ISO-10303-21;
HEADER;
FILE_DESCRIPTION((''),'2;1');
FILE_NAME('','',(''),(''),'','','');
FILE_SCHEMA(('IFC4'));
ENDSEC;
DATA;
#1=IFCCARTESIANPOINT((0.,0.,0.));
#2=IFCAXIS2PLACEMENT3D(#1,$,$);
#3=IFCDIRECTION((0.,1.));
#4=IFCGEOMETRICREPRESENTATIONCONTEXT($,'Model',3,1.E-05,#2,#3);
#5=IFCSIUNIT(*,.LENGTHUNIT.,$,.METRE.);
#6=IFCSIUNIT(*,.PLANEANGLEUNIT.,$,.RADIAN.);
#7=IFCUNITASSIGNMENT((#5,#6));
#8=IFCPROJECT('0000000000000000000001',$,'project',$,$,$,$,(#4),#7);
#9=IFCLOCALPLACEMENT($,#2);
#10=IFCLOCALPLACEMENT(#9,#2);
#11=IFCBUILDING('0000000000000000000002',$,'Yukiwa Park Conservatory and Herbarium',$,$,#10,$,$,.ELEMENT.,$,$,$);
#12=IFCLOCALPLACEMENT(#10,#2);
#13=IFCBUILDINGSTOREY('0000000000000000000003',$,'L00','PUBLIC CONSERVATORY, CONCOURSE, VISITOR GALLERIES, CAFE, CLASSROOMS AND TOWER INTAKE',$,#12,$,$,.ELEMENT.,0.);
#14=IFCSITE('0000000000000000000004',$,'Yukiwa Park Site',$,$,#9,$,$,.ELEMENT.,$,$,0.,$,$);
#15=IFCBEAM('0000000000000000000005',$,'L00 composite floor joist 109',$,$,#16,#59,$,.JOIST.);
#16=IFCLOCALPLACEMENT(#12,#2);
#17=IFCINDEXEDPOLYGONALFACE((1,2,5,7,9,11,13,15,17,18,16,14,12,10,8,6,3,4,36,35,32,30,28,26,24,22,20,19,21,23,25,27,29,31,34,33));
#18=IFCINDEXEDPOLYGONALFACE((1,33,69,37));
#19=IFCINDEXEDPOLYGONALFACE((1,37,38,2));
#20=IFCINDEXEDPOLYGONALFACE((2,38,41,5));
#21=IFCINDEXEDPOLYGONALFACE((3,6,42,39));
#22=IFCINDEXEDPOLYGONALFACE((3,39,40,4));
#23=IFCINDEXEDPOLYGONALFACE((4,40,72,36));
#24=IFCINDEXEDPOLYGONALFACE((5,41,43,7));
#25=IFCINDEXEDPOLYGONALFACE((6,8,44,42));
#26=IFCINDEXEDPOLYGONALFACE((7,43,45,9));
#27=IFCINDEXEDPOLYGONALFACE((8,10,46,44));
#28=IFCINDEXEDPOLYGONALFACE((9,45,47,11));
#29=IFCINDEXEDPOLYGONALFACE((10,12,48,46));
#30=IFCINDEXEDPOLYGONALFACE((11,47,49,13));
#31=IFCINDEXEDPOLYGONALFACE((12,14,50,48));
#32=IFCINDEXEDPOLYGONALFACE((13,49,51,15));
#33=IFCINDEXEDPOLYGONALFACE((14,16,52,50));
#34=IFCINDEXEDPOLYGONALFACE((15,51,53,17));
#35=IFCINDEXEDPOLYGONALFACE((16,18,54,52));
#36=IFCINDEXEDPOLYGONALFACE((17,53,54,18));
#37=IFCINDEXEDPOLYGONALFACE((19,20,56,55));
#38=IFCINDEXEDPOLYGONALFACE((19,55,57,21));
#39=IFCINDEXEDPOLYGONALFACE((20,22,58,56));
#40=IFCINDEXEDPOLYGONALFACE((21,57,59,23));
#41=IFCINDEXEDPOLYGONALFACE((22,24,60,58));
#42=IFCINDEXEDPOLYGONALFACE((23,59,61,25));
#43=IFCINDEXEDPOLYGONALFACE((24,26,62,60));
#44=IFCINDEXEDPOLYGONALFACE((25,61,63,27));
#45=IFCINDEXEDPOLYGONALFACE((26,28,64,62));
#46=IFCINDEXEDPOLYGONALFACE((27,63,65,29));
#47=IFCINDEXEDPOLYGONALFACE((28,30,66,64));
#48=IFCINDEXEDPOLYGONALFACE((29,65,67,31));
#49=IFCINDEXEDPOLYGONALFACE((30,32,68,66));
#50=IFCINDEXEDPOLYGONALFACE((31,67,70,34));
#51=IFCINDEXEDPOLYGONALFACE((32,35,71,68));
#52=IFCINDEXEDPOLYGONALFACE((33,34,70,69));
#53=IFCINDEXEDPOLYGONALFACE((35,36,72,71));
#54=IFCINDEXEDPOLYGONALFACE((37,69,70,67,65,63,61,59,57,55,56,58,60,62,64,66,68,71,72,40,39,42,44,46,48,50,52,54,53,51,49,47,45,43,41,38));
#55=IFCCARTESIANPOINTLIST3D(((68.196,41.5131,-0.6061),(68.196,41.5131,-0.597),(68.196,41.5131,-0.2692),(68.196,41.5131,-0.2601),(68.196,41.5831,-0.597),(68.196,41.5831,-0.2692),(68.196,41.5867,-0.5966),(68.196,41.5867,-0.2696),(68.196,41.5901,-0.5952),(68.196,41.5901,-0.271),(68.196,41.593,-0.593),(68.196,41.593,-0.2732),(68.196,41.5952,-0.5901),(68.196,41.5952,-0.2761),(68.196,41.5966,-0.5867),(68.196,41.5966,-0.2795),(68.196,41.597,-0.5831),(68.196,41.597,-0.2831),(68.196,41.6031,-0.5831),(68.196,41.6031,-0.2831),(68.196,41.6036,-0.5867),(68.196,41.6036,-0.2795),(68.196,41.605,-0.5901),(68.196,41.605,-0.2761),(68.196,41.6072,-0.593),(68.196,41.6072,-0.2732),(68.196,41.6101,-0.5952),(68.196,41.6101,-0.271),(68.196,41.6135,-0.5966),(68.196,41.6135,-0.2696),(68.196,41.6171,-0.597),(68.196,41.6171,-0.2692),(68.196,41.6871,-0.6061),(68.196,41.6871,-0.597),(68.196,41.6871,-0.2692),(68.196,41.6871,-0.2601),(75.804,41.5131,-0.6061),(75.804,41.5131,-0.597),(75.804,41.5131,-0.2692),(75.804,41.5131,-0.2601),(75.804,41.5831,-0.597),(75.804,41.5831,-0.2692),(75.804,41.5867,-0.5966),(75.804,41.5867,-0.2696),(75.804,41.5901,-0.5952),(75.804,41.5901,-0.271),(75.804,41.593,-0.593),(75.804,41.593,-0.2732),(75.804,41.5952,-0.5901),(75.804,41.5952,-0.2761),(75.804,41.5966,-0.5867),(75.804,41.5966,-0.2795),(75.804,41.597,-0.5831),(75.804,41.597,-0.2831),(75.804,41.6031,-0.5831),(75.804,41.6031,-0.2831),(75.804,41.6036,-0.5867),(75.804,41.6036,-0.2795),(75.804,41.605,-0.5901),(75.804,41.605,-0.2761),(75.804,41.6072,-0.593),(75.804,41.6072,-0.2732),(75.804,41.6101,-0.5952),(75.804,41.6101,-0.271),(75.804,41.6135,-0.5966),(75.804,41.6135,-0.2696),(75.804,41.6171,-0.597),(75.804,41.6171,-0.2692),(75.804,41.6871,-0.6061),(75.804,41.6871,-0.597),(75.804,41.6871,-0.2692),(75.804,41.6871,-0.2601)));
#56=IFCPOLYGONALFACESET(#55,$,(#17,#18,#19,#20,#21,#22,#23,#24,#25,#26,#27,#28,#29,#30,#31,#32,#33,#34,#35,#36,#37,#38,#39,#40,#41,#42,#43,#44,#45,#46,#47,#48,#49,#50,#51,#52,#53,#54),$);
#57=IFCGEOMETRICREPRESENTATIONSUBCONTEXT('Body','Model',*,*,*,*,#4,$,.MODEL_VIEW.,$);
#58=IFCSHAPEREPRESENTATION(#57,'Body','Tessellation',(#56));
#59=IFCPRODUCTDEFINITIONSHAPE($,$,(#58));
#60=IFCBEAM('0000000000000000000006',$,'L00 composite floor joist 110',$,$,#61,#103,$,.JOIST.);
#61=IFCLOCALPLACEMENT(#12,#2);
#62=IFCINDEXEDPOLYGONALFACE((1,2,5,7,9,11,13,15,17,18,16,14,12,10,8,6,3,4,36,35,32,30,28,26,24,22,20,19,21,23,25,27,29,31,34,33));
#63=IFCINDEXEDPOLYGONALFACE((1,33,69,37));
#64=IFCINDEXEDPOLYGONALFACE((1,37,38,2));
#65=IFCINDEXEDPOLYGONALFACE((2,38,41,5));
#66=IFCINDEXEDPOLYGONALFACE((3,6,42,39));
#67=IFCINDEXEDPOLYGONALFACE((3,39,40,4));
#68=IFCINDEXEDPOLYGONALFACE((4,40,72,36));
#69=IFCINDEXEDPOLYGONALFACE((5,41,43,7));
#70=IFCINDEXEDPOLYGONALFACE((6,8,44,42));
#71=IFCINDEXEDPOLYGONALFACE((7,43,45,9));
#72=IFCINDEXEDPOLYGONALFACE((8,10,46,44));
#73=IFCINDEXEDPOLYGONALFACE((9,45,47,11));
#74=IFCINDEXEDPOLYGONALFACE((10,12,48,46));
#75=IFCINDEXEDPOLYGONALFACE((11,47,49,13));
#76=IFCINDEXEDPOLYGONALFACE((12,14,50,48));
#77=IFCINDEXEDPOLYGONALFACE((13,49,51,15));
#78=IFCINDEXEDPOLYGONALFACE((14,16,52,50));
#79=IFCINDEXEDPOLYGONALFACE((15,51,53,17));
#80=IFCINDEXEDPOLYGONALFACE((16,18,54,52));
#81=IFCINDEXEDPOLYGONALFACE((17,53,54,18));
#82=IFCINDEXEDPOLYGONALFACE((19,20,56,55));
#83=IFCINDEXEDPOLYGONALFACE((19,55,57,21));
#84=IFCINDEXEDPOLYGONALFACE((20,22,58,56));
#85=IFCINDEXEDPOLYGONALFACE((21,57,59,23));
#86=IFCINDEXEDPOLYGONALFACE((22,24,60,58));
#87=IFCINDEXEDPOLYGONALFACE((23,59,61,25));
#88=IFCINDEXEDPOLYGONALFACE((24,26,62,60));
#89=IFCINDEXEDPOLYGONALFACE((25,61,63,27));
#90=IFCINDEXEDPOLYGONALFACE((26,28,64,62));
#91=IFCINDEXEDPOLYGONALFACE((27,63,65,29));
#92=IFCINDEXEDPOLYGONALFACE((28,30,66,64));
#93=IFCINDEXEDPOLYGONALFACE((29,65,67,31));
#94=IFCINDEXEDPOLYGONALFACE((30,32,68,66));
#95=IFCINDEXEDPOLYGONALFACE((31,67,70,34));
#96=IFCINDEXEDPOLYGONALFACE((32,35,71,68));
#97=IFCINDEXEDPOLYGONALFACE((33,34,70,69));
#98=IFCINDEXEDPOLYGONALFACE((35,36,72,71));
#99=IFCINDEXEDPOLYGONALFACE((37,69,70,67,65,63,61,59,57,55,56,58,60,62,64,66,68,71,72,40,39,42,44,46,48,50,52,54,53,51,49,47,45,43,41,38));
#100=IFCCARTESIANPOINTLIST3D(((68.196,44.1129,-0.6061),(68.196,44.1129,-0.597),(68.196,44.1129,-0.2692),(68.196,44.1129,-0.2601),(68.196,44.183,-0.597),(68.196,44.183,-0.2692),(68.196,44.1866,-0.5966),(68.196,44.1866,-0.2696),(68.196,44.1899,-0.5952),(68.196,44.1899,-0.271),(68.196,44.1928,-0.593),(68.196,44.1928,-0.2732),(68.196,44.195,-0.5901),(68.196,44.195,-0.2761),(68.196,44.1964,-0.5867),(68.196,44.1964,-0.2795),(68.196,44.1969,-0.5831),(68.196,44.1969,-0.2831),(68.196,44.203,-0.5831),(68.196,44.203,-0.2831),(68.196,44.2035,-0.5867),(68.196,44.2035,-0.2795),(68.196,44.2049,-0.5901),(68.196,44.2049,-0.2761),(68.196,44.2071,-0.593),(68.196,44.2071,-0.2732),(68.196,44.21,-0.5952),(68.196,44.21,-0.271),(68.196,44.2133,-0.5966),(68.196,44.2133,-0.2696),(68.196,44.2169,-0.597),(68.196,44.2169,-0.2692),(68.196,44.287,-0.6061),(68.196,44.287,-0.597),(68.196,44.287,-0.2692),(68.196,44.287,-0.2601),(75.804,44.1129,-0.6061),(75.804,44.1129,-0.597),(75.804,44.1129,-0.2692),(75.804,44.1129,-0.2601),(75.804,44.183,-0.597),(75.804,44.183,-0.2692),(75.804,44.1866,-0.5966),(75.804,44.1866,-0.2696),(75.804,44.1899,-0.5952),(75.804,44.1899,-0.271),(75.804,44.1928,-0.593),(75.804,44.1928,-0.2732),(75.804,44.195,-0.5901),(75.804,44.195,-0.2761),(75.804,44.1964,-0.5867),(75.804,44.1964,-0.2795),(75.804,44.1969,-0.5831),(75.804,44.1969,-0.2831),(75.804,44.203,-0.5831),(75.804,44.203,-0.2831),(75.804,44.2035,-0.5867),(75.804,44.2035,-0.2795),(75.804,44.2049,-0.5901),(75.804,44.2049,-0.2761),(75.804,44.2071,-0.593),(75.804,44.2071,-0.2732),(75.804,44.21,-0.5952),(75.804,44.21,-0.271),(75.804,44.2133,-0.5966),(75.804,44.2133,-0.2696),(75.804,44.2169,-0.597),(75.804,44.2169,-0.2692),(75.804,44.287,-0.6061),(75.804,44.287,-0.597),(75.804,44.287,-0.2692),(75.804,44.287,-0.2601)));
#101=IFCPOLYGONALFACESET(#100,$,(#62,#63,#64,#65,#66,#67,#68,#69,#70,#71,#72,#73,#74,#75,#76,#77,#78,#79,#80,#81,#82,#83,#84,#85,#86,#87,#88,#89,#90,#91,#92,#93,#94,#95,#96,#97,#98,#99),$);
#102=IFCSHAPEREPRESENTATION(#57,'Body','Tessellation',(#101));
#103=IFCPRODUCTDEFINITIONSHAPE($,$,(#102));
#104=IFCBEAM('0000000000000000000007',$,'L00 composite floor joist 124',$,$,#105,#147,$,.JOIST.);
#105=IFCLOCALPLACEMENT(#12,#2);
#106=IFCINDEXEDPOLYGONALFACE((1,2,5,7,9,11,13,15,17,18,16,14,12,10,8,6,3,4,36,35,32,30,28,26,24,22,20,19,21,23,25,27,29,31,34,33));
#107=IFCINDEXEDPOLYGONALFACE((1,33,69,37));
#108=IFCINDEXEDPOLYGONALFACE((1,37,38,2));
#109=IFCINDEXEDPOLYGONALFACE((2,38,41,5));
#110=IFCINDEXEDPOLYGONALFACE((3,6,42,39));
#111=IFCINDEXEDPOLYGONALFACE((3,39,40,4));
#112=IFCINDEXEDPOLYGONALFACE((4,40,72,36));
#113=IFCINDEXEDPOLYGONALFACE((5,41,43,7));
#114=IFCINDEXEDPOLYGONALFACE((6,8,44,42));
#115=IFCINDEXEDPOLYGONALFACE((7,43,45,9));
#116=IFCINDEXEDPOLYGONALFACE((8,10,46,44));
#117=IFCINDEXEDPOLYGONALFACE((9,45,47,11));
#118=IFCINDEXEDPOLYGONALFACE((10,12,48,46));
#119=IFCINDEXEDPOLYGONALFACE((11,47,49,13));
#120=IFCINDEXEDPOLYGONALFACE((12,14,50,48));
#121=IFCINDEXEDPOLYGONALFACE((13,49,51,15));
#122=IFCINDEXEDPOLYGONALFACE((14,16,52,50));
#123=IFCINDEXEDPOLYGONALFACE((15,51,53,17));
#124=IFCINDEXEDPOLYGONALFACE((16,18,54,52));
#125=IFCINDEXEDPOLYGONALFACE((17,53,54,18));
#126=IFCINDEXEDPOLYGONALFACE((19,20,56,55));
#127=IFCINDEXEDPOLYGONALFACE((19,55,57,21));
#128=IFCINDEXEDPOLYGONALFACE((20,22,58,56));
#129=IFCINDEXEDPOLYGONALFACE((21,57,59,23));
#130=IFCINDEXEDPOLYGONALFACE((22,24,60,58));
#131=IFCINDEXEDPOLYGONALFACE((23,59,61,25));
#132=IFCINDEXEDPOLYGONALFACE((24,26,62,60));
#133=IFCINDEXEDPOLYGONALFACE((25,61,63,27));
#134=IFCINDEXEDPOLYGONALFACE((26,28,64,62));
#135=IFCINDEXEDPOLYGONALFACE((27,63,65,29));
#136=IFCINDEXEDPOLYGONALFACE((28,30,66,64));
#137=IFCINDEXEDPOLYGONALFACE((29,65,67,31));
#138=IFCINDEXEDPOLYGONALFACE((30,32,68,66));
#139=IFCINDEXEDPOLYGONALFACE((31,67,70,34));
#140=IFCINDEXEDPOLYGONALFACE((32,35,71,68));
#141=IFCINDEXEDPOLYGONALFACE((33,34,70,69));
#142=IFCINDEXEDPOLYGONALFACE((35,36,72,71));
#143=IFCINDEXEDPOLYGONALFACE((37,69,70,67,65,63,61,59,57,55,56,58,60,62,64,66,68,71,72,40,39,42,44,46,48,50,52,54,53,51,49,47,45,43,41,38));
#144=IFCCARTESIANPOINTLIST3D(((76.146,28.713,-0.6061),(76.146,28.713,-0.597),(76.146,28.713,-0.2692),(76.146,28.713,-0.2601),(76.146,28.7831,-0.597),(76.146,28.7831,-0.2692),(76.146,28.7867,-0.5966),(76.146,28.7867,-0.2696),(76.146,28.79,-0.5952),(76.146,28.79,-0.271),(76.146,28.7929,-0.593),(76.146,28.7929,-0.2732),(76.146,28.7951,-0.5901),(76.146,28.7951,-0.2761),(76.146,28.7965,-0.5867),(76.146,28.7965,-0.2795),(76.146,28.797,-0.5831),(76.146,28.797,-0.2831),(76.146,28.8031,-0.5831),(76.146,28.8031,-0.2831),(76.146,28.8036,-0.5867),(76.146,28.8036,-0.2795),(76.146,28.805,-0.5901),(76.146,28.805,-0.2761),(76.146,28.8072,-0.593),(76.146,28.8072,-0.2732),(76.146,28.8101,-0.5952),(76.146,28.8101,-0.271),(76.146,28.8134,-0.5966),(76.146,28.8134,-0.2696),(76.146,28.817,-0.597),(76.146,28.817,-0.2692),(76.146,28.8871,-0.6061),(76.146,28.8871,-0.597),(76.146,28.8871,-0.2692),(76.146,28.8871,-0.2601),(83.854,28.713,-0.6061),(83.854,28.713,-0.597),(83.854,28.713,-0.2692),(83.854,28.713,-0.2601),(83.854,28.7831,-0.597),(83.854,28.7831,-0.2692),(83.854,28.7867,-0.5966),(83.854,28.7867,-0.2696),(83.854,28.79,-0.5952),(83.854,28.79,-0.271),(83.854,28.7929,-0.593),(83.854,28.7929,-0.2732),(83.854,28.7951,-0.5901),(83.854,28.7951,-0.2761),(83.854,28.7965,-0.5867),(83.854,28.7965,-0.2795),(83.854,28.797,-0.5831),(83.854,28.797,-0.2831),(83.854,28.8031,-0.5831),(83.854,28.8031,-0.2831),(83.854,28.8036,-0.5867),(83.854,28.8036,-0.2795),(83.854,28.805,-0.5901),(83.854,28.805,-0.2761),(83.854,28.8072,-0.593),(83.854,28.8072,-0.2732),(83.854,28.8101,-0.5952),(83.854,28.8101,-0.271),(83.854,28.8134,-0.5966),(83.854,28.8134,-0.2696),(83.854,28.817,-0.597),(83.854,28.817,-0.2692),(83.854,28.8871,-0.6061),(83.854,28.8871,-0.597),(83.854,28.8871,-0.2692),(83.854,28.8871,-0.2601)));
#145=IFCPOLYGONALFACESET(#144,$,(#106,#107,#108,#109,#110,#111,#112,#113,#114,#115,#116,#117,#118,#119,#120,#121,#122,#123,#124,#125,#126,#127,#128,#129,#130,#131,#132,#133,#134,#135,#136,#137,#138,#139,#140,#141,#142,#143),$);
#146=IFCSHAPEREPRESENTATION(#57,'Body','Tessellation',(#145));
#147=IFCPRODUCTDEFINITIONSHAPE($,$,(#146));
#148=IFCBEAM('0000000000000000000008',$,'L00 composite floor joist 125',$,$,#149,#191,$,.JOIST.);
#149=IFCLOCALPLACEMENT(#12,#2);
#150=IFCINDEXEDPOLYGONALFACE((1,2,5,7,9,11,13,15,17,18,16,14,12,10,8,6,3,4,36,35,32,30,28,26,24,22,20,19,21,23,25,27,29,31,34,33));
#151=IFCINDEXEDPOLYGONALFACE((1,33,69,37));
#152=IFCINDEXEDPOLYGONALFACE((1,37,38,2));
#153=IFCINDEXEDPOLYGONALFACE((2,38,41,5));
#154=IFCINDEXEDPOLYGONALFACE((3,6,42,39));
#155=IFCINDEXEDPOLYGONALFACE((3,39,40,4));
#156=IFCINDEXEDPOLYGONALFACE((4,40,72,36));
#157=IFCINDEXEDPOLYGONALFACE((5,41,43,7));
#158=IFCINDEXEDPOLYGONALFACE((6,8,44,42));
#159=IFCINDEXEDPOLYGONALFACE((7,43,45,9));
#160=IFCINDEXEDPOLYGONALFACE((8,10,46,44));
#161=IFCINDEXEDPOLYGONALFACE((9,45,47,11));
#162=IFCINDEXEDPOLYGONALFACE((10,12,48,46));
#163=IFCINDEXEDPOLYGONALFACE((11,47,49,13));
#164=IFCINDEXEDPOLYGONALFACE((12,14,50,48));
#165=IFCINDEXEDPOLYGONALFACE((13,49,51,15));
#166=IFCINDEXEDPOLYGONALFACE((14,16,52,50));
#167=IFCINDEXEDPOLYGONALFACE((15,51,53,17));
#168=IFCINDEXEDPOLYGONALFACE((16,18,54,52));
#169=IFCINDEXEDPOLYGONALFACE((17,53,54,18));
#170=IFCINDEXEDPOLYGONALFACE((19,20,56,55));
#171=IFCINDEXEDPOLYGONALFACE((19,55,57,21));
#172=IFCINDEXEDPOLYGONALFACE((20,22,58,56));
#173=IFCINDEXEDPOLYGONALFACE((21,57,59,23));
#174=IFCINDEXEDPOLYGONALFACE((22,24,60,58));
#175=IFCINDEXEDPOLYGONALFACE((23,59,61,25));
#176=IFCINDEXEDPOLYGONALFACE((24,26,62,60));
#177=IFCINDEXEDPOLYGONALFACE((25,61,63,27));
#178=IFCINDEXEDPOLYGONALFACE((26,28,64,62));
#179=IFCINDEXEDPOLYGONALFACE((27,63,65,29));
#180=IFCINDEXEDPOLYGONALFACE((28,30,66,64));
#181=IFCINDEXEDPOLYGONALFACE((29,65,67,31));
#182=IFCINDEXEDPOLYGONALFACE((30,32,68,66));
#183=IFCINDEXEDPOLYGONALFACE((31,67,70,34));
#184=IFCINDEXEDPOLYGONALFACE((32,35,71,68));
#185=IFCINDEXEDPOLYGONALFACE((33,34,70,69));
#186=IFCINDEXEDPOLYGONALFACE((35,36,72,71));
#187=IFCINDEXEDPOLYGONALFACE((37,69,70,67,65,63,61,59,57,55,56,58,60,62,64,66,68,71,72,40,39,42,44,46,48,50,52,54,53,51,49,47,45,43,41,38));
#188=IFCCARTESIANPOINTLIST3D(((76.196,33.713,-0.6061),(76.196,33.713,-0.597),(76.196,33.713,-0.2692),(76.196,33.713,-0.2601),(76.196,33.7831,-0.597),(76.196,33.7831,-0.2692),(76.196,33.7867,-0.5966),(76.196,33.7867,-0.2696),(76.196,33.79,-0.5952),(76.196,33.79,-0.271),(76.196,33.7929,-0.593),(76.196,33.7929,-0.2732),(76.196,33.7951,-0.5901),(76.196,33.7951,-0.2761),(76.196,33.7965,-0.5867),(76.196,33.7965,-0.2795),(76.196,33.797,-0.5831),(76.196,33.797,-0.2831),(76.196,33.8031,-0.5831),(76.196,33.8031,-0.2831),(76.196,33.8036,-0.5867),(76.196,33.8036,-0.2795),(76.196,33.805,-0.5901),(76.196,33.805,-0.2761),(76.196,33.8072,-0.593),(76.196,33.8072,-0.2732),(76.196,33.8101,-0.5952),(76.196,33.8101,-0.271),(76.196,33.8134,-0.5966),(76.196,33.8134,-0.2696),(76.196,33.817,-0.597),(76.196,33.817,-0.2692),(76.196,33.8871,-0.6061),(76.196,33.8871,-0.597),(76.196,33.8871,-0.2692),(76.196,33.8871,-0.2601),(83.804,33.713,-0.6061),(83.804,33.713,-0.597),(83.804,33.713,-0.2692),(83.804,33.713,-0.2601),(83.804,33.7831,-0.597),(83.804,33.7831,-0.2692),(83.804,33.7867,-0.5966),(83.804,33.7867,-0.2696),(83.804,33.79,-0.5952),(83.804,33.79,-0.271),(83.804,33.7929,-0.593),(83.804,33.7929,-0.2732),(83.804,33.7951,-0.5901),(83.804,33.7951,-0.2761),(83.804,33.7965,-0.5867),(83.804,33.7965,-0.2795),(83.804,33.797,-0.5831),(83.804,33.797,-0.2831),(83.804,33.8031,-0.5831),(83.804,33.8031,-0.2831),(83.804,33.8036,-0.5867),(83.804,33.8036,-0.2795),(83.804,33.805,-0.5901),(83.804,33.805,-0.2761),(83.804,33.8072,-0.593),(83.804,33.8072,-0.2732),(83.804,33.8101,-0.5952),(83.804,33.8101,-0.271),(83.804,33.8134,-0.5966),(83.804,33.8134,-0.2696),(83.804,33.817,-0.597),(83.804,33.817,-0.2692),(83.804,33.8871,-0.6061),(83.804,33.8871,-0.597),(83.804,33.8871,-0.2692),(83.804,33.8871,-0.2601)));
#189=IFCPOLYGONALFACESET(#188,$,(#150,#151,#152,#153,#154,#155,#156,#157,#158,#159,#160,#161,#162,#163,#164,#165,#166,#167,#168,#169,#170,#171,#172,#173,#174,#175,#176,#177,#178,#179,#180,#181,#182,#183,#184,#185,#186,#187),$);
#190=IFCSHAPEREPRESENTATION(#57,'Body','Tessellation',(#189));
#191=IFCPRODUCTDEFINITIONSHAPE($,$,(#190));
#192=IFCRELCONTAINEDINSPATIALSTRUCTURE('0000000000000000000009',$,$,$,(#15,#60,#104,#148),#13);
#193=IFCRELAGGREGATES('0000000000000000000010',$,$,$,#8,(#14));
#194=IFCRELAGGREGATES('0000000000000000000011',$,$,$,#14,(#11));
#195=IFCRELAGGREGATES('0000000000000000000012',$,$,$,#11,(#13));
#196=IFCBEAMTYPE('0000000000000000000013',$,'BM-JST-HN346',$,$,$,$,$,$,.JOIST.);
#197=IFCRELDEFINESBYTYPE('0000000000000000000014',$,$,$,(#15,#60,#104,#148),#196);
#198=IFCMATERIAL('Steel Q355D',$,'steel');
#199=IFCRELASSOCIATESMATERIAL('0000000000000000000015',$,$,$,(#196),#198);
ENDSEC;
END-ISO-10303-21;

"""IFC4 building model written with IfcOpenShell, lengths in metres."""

from ifc_helpers import new_model, si_unit, direction, frame, origin, origin_2d, place, context, subcontext, project, spatial, i_section, extrude, material, material_profile, profile_set, type_object, element, save


model = new_model("IFC4")

# Units and contexts
model_context = context("Model", 3, precision=1e-05, world=origin(), true_north=direction((0.0, 1.0)))
body_context = subcontext(model_context, "Body", "Model", "MODEL_VIEW")
ifc_project = project(units=[si_unit("LENGTHUNIT", "METRE"), si_unit("PLANEANGLEUNIT", "RADIAN")], contexts=[model_context])

# Site, building, storey
site_placement = place(None, origin())
site = spatial("IfcSite", under=ifc_project, at=site_placement, Name="Yukiwa Park Site", CompositionType="ELEMENT", RefElevation=0.0)
building_placement = place(site_placement, origin())
building = spatial("IfcBuilding", under=site, at=building_placement, Name="Yukiwa Park Conservatory and Herbarium", CompositionType="ELEMENT")
storey_placement = place(building_placement, origin())
storey = spatial("IfcBuildingStorey", under=building, at=storey_placement, Name="L00", Description="PUBLIC CONSERVATORY, CONCOURSE, VISITOR GALLERIES, CAFE, CLASSROOMS AND TOWER INTAKE", CompositionType="ELEMENT", Elevation=0.0)

# Beams
ifc_material_1 = material(Name="Steel Q355D", Category="steel")
ifc_material_profile_1 = material_profile(ifc_material_1, i_section(OverallWidth=0.1741, OverallDepth=0.3459, WebThickness=0.0061, FlangeThickness=0.009, FilletRadius=0.0139, at=origin_2d()), Name="HN 346x174x6x9")
ifc_profile_set_1 = profile_set([ifc_material_profile_1], Name="Steel Q355D")
beam_type_1 = type_object("IfcBeamType", Name="BM-JST-HN346", PredefinedType="JOIST", material=ifc_profile_set_1)
for number, where, z_axis, x_axis, name in (
    (1, (68.196, 41.6001, -0.4331), (1.0, 0.0, 0.0), (0.0, 1.0, 0.0), "L00 composite floor joist 109"),
    (2, (68.196, 44.2, -0.4331), (1.0, 0.0, 0.0), (0.0, 1.0, 0.0), "L00 composite floor joist 110"),
):
    element("IfcBeam", number, at=place(storey_placement, frame(where, z_axis=z_axis, x_axis=x_axis)), inside=storey, type_object=beam_type_1, Name=name, PredefinedType="JOIST", context=body_context, shape_type="SweptSolid", body=[
        extrude(i_section(OverallWidth=0.1741, OverallDepth=0.3459, WebThickness=0.0061, FlangeThickness=0.009, FilletRadius=0.0139, at=origin_2d()), origin(), (0.0, 0.0, 1.0), 7.6079),
    ])
beam_placement = place(storey_placement, frame((76.146, 28.8, -0.4331), z_axis=(1.0, 0.0, 0.0), x_axis=(0.0, 1.0, 0.0)))
element("IfcBeam", 3, at=beam_placement, inside=storey, type_object=beam_type_1, Name="L00 composite floor joist 124", PredefinedType="JOIST", context=body_context, shape_type="SweptSolid", body=[
    extrude(i_section(OverallWidth=0.1741, OverallDepth=0.3459, WebThickness=0.0061, FlangeThickness=0.009, FilletRadius=0.0139, at=origin_2d()), origin(), (0.0, 0.0, 1.0), 7.708),
])
for number, where, z_axis, x_axis, name in (
    (4, (76.196, 33.8, -0.4331), (1.0, 0.0, 0.0), (0.0, 1.0, 0.0), "L00 composite floor joist 125"),
):
    element("IfcBeam", number, at=place(storey_placement, frame(where, z_axis=z_axis, x_axis=x_axis)), inside=storey, type_object=beam_type_1, Name=name, PredefinedType="JOIST", context=body_context, shape_type="SweptSolid", body=[
        extrude(i_section(OverallWidth=0.1741, OverallDepth=0.3459, WebThickness=0.0061, FlangeThickness=0.009, FilletRadius=0.0139, at=origin_2d()), origin(), (0.0, 0.0, 1.0), 7.6079),
    ])

save(model, "model.ifc")
